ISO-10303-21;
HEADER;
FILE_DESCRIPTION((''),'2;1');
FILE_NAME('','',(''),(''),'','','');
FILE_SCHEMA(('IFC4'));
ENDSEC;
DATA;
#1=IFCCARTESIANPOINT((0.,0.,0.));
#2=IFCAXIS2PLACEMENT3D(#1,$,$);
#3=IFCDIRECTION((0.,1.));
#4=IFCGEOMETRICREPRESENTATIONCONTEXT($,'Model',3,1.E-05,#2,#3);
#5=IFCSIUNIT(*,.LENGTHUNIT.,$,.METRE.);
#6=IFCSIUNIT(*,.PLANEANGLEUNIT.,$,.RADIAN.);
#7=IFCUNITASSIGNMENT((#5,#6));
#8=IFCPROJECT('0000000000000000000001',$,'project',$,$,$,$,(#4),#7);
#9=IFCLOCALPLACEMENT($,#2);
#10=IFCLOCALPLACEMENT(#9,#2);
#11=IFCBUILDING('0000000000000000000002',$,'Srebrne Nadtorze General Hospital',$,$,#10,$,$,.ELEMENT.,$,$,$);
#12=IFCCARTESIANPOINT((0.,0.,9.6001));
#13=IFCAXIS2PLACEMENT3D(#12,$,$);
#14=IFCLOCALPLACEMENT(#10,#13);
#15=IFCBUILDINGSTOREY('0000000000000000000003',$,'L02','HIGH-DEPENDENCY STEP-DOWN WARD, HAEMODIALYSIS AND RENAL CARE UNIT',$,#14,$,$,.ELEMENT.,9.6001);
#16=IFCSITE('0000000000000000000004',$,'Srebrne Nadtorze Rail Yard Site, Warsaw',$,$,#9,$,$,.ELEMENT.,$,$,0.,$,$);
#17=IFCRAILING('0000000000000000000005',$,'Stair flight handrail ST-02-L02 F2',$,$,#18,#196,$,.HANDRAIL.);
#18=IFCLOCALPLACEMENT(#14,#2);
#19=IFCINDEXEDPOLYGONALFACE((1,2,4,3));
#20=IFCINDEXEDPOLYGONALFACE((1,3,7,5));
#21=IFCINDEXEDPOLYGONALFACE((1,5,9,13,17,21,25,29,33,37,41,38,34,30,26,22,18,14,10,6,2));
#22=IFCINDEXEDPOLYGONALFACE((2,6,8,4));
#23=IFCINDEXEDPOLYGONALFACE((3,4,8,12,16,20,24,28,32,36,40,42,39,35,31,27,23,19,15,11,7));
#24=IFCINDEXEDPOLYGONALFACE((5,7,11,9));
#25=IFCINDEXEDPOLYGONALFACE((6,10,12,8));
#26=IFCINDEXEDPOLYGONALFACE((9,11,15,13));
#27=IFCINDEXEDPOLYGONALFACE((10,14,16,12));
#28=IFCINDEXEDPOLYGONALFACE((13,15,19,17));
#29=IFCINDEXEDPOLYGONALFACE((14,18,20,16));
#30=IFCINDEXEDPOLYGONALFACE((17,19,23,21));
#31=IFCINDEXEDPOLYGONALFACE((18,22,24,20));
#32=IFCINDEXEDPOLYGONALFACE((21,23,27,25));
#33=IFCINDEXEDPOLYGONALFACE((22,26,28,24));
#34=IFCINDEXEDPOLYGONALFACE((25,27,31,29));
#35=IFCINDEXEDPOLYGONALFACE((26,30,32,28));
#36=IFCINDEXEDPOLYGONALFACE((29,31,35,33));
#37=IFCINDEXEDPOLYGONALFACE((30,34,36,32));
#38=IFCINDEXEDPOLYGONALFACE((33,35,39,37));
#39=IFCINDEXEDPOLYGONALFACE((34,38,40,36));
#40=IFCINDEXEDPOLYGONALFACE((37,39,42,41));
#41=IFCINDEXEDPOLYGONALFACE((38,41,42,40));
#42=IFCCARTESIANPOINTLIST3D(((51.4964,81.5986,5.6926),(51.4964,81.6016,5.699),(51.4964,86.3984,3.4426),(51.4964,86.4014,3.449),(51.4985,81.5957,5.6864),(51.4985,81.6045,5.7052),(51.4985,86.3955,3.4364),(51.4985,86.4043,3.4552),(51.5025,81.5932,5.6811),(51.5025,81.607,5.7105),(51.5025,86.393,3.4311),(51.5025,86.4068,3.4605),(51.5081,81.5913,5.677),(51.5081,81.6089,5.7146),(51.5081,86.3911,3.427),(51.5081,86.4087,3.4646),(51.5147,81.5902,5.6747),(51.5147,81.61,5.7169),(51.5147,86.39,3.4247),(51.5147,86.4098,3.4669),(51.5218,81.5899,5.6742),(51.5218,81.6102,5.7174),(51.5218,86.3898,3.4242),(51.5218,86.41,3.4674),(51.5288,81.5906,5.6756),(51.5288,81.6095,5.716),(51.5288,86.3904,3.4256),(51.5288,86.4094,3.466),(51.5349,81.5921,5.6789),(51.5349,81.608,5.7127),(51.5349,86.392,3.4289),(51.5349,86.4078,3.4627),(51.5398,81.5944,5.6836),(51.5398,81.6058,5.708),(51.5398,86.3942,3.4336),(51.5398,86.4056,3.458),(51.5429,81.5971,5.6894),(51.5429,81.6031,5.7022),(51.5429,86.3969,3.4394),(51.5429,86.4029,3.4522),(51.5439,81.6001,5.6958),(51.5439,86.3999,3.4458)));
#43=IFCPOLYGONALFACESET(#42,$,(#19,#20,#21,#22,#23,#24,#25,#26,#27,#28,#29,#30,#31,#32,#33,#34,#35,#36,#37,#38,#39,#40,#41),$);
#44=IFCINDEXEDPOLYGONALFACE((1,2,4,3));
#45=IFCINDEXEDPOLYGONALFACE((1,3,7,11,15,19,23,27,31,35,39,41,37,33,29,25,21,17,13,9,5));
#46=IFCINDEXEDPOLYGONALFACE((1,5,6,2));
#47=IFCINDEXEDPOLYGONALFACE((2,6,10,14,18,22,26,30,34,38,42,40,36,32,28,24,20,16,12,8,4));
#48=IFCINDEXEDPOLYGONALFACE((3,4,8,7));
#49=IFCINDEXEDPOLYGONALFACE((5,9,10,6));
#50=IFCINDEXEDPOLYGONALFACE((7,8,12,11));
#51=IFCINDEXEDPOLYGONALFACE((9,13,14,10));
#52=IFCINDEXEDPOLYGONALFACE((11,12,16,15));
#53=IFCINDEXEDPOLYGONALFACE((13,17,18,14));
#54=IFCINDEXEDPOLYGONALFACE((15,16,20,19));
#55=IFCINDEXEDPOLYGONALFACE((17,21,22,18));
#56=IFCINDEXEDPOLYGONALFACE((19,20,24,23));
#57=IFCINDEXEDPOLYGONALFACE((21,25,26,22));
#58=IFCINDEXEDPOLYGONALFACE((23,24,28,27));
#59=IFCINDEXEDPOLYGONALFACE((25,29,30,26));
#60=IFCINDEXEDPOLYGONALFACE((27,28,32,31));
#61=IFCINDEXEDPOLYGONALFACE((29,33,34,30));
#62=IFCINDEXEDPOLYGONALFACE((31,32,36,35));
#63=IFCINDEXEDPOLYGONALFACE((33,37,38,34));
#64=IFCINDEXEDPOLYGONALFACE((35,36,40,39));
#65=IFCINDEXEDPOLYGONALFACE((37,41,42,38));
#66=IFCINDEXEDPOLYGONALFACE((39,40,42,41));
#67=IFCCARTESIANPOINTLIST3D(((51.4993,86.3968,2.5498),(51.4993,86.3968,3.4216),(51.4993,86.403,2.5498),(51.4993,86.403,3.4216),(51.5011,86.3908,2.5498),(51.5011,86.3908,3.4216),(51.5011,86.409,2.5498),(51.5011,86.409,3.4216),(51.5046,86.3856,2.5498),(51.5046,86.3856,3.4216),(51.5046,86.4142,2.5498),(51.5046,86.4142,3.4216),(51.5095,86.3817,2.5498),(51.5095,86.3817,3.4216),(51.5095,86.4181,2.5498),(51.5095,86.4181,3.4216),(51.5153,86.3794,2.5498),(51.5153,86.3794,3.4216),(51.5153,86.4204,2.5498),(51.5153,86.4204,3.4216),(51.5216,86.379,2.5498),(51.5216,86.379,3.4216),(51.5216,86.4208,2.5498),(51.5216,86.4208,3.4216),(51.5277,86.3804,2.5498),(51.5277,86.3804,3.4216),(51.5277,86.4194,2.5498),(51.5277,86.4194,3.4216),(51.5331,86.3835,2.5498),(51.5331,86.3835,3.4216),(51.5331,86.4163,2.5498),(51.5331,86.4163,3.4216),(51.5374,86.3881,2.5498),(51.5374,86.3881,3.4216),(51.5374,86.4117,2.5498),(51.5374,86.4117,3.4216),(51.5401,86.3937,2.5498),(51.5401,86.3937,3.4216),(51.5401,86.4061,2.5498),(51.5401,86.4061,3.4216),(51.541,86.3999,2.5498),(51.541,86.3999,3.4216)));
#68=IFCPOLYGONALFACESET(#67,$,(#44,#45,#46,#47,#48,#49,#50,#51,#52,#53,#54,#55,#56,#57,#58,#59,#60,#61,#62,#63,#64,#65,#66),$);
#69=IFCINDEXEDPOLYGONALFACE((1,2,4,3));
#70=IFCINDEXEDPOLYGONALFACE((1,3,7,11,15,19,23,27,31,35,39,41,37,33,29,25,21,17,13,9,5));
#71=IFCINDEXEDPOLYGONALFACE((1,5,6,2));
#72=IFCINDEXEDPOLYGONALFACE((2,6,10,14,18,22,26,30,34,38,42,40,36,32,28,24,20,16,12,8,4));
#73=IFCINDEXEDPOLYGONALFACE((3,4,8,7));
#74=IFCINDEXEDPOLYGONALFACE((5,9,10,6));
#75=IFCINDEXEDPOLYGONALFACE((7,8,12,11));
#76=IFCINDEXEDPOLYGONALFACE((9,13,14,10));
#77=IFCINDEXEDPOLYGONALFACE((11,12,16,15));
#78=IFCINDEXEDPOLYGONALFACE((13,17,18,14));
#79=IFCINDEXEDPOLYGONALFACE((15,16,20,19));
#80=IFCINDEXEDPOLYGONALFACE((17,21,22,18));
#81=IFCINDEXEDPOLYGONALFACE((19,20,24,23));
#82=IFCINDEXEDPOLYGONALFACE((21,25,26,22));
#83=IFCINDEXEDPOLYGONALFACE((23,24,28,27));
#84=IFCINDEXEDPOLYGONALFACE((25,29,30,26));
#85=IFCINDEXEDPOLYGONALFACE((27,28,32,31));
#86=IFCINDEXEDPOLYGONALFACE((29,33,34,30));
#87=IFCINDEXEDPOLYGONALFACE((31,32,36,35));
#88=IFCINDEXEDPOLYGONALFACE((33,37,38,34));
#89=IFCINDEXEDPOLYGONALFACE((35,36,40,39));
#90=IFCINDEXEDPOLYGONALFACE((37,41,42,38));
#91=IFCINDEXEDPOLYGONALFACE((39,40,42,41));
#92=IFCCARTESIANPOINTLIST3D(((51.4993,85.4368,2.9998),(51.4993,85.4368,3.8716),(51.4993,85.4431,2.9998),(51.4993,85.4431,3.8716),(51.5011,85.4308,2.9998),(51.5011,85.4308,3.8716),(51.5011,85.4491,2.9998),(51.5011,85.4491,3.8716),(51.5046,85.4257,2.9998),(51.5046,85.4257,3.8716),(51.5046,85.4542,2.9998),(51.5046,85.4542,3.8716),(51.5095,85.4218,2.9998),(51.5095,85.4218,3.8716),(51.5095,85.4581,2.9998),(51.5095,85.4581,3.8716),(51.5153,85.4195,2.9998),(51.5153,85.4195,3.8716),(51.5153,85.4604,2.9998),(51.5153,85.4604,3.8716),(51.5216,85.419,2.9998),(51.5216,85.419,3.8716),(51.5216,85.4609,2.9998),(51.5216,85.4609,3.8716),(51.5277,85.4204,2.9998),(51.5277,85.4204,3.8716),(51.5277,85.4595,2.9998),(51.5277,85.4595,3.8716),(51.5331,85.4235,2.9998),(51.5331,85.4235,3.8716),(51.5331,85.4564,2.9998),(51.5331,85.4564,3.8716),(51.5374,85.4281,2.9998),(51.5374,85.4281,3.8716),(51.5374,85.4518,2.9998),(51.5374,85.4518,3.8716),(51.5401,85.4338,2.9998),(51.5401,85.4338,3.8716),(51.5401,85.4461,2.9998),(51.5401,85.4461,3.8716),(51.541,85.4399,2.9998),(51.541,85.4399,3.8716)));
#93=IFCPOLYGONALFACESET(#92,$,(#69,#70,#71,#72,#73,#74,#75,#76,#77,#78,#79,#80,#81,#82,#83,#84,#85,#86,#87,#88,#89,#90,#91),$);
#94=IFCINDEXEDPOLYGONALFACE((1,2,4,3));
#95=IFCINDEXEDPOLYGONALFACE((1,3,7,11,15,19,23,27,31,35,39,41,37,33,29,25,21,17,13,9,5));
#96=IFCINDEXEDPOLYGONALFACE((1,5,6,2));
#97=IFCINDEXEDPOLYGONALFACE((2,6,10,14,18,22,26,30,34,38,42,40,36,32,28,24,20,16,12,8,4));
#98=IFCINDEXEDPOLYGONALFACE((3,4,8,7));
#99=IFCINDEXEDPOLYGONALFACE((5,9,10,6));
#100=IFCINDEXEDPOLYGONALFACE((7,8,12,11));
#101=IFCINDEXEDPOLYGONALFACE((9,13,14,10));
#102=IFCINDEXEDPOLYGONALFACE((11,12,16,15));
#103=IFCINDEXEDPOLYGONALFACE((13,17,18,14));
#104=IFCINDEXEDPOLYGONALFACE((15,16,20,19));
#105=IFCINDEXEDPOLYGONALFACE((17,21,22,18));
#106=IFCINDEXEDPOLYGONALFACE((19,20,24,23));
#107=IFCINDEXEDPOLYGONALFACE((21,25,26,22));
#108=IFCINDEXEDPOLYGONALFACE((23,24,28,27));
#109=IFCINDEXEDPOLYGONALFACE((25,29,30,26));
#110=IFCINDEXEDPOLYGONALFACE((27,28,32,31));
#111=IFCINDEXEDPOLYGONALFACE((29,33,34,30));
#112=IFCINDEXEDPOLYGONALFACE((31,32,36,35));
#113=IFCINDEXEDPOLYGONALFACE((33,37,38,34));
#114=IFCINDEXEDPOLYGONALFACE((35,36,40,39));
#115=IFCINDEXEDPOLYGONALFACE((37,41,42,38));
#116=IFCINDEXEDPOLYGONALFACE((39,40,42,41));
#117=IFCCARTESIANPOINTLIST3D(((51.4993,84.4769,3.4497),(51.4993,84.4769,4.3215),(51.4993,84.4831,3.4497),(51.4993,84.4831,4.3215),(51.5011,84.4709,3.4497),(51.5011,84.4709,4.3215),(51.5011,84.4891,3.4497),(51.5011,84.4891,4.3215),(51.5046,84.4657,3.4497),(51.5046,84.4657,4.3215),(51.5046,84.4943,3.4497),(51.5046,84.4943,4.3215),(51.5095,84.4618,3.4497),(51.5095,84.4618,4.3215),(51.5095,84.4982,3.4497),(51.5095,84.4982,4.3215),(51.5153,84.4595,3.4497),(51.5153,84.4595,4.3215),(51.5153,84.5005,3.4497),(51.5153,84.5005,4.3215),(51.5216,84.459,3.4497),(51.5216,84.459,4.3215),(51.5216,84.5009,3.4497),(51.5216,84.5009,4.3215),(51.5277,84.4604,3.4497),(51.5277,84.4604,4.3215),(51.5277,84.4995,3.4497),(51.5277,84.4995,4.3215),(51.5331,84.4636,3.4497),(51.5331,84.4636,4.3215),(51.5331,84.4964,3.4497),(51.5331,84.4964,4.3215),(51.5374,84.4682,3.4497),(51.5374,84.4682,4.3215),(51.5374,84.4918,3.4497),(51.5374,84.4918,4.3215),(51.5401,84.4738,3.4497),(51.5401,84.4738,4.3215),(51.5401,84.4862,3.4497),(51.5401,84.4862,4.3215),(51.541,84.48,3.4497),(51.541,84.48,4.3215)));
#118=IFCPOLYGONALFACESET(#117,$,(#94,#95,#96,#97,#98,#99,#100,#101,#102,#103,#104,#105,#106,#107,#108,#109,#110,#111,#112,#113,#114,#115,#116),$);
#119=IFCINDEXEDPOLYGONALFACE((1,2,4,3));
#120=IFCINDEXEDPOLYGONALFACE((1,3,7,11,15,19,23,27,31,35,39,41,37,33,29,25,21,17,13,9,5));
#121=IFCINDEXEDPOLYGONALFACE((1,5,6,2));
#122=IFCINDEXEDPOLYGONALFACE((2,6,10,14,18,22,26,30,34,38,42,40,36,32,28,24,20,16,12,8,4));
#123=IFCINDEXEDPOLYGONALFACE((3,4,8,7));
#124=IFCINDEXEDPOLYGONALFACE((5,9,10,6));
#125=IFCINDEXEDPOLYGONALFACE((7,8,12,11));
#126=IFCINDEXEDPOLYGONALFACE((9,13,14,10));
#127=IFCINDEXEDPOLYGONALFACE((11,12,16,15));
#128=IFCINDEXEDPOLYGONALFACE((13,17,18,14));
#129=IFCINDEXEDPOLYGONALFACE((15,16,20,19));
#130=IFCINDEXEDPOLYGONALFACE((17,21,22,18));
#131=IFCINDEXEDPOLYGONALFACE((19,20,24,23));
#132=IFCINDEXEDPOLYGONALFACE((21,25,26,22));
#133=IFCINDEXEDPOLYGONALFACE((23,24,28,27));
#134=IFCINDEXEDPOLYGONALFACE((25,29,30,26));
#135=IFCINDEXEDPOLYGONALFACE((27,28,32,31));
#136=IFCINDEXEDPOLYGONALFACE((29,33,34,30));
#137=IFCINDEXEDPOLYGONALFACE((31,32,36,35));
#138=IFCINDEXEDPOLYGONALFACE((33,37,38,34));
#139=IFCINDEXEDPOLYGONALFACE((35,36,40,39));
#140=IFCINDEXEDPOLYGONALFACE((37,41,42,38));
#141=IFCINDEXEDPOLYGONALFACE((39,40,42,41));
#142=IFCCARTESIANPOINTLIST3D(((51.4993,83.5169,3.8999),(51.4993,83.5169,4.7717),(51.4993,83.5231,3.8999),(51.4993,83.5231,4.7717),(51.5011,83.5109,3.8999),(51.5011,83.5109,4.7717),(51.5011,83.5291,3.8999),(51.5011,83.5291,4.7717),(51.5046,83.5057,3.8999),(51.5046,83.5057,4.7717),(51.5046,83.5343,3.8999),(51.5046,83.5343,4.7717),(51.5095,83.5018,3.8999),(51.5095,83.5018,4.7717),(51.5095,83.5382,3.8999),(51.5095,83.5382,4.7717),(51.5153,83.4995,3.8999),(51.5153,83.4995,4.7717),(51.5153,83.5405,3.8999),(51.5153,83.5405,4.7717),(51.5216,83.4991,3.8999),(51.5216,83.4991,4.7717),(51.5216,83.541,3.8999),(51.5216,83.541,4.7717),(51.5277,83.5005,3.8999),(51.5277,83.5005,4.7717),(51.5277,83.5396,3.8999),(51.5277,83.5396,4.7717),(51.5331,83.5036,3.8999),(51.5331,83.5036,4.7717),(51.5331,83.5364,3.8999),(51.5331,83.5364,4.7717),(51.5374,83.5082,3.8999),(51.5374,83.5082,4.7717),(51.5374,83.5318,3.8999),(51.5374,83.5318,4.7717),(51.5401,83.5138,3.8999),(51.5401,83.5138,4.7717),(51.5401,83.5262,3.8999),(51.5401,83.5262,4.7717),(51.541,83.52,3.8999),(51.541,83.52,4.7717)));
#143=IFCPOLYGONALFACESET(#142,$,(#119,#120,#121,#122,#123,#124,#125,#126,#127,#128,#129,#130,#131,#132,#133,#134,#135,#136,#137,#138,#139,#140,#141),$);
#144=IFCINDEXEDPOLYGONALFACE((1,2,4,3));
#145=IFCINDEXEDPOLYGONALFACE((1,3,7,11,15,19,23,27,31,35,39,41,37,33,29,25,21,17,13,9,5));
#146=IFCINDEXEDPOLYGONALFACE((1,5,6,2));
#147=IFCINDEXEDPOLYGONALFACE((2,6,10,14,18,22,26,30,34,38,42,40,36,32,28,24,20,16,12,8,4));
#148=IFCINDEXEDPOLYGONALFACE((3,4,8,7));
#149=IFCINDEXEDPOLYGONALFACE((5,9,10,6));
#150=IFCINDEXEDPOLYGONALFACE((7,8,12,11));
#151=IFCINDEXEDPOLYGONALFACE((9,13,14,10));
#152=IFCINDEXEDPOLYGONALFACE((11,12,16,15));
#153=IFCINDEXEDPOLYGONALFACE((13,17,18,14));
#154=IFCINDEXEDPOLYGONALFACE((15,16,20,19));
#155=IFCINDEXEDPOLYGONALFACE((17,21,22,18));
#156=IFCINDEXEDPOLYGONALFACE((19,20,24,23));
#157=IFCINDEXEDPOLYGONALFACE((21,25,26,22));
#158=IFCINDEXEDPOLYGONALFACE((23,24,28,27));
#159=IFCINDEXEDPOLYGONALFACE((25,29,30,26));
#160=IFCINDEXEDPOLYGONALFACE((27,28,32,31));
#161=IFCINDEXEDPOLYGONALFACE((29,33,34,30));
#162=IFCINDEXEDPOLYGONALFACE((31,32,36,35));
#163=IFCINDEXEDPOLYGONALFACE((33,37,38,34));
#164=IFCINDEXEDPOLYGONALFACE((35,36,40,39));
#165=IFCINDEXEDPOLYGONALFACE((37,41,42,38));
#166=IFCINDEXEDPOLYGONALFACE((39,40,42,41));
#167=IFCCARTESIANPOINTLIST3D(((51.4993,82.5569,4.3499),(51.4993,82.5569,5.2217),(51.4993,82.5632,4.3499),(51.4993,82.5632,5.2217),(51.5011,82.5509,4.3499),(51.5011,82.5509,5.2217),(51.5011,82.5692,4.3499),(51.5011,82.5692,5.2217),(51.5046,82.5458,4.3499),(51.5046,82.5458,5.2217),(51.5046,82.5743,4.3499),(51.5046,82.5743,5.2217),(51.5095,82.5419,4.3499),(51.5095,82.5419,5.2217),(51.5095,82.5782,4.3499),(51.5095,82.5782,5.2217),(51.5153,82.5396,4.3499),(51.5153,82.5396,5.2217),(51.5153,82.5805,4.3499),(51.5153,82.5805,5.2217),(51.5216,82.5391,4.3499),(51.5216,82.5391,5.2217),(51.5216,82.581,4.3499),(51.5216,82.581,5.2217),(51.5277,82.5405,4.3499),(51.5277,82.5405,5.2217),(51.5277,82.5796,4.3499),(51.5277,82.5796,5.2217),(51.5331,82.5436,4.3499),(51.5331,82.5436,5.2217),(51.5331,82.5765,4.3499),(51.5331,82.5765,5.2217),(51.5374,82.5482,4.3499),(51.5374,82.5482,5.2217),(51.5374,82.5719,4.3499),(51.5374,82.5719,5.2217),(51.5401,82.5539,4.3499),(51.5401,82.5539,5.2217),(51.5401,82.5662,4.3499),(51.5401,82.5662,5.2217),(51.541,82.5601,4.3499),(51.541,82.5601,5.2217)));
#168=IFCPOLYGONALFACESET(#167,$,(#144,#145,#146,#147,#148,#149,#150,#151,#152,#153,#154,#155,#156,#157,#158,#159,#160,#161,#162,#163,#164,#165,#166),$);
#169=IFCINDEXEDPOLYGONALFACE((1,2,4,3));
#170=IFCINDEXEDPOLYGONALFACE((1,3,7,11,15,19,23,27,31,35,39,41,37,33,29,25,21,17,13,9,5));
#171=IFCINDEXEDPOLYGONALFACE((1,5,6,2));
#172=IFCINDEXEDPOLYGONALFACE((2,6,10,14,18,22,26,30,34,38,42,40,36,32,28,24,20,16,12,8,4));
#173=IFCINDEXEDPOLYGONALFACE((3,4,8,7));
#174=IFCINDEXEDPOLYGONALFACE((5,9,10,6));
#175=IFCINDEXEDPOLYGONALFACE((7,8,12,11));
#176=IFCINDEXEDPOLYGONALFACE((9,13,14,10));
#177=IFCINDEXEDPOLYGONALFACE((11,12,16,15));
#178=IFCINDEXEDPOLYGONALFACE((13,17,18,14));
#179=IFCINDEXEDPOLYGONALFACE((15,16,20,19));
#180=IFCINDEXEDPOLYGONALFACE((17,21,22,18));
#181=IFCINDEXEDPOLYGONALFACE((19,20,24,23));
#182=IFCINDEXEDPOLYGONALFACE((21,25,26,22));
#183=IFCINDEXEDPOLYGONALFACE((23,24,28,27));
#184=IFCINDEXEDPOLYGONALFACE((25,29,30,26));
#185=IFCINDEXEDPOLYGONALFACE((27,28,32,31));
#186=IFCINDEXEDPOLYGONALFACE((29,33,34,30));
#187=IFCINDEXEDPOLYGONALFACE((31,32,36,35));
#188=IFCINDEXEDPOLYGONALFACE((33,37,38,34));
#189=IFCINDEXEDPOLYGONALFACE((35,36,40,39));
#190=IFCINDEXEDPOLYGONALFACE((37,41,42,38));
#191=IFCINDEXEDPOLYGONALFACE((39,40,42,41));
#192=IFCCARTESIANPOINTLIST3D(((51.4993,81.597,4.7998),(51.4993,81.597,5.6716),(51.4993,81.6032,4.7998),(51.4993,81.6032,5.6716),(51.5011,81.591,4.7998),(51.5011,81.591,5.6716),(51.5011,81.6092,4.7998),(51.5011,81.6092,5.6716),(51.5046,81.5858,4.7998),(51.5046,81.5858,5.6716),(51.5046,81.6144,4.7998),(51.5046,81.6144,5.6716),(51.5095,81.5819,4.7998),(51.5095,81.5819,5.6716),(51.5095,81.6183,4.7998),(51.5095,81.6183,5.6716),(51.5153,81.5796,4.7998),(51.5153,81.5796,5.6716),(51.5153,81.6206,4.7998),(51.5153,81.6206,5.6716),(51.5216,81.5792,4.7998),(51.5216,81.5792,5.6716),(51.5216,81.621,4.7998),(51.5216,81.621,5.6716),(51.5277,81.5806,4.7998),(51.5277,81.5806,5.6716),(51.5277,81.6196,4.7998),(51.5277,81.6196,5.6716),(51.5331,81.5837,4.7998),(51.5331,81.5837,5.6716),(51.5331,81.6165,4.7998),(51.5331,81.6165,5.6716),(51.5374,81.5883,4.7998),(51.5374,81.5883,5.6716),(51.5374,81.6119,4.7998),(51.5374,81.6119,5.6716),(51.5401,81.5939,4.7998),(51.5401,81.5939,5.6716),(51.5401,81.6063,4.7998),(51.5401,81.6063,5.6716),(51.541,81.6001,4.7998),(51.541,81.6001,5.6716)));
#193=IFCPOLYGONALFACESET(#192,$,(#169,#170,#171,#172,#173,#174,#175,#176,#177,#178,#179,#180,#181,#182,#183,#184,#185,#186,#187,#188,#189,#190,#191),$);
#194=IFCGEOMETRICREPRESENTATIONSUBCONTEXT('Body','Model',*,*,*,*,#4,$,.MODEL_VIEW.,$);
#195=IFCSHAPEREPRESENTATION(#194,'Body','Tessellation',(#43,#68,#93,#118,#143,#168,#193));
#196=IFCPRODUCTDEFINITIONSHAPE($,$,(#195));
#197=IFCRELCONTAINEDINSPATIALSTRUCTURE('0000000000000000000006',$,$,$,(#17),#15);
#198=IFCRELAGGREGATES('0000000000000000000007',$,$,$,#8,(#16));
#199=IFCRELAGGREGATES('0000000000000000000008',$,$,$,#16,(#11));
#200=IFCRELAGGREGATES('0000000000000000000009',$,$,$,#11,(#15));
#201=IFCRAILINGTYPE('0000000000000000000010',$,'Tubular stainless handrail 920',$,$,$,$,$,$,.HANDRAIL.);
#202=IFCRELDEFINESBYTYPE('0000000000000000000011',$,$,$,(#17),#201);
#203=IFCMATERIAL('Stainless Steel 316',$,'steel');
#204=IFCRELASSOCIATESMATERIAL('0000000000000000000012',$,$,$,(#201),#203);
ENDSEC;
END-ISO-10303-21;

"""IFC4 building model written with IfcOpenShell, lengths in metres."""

from ifc_helpers import new_model, si_unit, direction, frame, origin, origin_2d, place, context, subcontext, project, spatial, circle, extrude, material, type_object, element, save


model = new_model("IFC4")

# Units and contexts
model_context = context("Model", 3, precision=1e-05, world=origin(), true_north=direction((0.0, 1.0)))
body_context = subcontext(model_context, "Body", "Model", "MODEL_VIEW")
ifc_project = project(units=[si_unit("LENGTHUNIT", "METRE"), si_unit("PLANEANGLEUNIT", "RADIAN")], contexts=[model_context])

# Site, building, storey
site_placement = place(None, origin())
site = spatial("IfcSite", under=ifc_project, at=site_placement, Name="Srebrne Nadtorze Rail Yard Site, Warsaw", CompositionType="ELEMENT", RefElevation=0.0)
building_placement = place(site_placement, origin())
building = spatial("IfcBuilding", under=site, at=building_placement, Name="Srebrne Nadtorze General Hospital", CompositionType="ELEMENT")
storey_placement = place(building_placement, frame((0.0, 0.0, 9.6001)))
storey = spatial("IfcBuildingStorey", under=building, at=storey_placement, Name="L02", Description="HIGH-DEPENDENCY STEP-DOWN WARD, HAEMODIALYSIS AND RENAL CARE UNIT", CompositionType="ELEMENT", Elevation=9.6001)

# Railing
ifc_material_1 = material(Name="Stainless Steel 316", Category="steel")
railing_type_1 = type_object("IfcRailingType", Name="Tubular stainless handrail 920", PredefinedType="HANDRAIL", material=ifc_material_1)
railing_1_placement = place(storey_placement, frame((51.52, 86.3999, 2.5498)))
element("IfcRailing", 1, at=railing_1_placement, inside=storey, type_object=railing_type_1, Name="Stair flight handrail ST-02-L02 F2", PredefinedType="HANDRAIL", context=body_context, shape_type="SweptSolid", body=[
    extrude(circle(Radius=0.0239, at=origin_2d()), frame((0.0, 0.0, 0.896), z_axis=(0.0, -0.905452, 0.424448), x_axis=(1.0, 0.0, 0.0)), (0.0, 0.0, 1.0), 5.301),
    extrude(circle(Radius=0.021, at=origin_2d()), origin(), (0.0, 0.0, 1.0), 0.8718),
    extrude(circle(Radius=0.021, at=origin_2d()), frame((0.0, -0.96, 0.45)), (0.0, 0.0, 1.0), 0.8718),
    extrude(circle(Radius=0.021, at=origin_2d()), frame((0.0, -1.9199, 0.8999)), (0.0, 0.0, 1.0), 0.8718),
    extrude(circle(Radius=0.021, at=origin_2d()), frame((0.0, -2.8799, 1.3501)), (0.0, 0.0, 1.0), 0.8718),
    extrude(circle(Radius=0.021, at=origin_2d()), frame((0.0, -3.8398, 1.8)), (0.0, 0.0, 1.0), 0.8718),
    extrude(circle(Radius=0.021, at=origin_2d()), frame((0.0, -4.7998, 2.25)), (0.0, 0.0, 1.0), 0.8718),
])

save(model, "model.ifc")
